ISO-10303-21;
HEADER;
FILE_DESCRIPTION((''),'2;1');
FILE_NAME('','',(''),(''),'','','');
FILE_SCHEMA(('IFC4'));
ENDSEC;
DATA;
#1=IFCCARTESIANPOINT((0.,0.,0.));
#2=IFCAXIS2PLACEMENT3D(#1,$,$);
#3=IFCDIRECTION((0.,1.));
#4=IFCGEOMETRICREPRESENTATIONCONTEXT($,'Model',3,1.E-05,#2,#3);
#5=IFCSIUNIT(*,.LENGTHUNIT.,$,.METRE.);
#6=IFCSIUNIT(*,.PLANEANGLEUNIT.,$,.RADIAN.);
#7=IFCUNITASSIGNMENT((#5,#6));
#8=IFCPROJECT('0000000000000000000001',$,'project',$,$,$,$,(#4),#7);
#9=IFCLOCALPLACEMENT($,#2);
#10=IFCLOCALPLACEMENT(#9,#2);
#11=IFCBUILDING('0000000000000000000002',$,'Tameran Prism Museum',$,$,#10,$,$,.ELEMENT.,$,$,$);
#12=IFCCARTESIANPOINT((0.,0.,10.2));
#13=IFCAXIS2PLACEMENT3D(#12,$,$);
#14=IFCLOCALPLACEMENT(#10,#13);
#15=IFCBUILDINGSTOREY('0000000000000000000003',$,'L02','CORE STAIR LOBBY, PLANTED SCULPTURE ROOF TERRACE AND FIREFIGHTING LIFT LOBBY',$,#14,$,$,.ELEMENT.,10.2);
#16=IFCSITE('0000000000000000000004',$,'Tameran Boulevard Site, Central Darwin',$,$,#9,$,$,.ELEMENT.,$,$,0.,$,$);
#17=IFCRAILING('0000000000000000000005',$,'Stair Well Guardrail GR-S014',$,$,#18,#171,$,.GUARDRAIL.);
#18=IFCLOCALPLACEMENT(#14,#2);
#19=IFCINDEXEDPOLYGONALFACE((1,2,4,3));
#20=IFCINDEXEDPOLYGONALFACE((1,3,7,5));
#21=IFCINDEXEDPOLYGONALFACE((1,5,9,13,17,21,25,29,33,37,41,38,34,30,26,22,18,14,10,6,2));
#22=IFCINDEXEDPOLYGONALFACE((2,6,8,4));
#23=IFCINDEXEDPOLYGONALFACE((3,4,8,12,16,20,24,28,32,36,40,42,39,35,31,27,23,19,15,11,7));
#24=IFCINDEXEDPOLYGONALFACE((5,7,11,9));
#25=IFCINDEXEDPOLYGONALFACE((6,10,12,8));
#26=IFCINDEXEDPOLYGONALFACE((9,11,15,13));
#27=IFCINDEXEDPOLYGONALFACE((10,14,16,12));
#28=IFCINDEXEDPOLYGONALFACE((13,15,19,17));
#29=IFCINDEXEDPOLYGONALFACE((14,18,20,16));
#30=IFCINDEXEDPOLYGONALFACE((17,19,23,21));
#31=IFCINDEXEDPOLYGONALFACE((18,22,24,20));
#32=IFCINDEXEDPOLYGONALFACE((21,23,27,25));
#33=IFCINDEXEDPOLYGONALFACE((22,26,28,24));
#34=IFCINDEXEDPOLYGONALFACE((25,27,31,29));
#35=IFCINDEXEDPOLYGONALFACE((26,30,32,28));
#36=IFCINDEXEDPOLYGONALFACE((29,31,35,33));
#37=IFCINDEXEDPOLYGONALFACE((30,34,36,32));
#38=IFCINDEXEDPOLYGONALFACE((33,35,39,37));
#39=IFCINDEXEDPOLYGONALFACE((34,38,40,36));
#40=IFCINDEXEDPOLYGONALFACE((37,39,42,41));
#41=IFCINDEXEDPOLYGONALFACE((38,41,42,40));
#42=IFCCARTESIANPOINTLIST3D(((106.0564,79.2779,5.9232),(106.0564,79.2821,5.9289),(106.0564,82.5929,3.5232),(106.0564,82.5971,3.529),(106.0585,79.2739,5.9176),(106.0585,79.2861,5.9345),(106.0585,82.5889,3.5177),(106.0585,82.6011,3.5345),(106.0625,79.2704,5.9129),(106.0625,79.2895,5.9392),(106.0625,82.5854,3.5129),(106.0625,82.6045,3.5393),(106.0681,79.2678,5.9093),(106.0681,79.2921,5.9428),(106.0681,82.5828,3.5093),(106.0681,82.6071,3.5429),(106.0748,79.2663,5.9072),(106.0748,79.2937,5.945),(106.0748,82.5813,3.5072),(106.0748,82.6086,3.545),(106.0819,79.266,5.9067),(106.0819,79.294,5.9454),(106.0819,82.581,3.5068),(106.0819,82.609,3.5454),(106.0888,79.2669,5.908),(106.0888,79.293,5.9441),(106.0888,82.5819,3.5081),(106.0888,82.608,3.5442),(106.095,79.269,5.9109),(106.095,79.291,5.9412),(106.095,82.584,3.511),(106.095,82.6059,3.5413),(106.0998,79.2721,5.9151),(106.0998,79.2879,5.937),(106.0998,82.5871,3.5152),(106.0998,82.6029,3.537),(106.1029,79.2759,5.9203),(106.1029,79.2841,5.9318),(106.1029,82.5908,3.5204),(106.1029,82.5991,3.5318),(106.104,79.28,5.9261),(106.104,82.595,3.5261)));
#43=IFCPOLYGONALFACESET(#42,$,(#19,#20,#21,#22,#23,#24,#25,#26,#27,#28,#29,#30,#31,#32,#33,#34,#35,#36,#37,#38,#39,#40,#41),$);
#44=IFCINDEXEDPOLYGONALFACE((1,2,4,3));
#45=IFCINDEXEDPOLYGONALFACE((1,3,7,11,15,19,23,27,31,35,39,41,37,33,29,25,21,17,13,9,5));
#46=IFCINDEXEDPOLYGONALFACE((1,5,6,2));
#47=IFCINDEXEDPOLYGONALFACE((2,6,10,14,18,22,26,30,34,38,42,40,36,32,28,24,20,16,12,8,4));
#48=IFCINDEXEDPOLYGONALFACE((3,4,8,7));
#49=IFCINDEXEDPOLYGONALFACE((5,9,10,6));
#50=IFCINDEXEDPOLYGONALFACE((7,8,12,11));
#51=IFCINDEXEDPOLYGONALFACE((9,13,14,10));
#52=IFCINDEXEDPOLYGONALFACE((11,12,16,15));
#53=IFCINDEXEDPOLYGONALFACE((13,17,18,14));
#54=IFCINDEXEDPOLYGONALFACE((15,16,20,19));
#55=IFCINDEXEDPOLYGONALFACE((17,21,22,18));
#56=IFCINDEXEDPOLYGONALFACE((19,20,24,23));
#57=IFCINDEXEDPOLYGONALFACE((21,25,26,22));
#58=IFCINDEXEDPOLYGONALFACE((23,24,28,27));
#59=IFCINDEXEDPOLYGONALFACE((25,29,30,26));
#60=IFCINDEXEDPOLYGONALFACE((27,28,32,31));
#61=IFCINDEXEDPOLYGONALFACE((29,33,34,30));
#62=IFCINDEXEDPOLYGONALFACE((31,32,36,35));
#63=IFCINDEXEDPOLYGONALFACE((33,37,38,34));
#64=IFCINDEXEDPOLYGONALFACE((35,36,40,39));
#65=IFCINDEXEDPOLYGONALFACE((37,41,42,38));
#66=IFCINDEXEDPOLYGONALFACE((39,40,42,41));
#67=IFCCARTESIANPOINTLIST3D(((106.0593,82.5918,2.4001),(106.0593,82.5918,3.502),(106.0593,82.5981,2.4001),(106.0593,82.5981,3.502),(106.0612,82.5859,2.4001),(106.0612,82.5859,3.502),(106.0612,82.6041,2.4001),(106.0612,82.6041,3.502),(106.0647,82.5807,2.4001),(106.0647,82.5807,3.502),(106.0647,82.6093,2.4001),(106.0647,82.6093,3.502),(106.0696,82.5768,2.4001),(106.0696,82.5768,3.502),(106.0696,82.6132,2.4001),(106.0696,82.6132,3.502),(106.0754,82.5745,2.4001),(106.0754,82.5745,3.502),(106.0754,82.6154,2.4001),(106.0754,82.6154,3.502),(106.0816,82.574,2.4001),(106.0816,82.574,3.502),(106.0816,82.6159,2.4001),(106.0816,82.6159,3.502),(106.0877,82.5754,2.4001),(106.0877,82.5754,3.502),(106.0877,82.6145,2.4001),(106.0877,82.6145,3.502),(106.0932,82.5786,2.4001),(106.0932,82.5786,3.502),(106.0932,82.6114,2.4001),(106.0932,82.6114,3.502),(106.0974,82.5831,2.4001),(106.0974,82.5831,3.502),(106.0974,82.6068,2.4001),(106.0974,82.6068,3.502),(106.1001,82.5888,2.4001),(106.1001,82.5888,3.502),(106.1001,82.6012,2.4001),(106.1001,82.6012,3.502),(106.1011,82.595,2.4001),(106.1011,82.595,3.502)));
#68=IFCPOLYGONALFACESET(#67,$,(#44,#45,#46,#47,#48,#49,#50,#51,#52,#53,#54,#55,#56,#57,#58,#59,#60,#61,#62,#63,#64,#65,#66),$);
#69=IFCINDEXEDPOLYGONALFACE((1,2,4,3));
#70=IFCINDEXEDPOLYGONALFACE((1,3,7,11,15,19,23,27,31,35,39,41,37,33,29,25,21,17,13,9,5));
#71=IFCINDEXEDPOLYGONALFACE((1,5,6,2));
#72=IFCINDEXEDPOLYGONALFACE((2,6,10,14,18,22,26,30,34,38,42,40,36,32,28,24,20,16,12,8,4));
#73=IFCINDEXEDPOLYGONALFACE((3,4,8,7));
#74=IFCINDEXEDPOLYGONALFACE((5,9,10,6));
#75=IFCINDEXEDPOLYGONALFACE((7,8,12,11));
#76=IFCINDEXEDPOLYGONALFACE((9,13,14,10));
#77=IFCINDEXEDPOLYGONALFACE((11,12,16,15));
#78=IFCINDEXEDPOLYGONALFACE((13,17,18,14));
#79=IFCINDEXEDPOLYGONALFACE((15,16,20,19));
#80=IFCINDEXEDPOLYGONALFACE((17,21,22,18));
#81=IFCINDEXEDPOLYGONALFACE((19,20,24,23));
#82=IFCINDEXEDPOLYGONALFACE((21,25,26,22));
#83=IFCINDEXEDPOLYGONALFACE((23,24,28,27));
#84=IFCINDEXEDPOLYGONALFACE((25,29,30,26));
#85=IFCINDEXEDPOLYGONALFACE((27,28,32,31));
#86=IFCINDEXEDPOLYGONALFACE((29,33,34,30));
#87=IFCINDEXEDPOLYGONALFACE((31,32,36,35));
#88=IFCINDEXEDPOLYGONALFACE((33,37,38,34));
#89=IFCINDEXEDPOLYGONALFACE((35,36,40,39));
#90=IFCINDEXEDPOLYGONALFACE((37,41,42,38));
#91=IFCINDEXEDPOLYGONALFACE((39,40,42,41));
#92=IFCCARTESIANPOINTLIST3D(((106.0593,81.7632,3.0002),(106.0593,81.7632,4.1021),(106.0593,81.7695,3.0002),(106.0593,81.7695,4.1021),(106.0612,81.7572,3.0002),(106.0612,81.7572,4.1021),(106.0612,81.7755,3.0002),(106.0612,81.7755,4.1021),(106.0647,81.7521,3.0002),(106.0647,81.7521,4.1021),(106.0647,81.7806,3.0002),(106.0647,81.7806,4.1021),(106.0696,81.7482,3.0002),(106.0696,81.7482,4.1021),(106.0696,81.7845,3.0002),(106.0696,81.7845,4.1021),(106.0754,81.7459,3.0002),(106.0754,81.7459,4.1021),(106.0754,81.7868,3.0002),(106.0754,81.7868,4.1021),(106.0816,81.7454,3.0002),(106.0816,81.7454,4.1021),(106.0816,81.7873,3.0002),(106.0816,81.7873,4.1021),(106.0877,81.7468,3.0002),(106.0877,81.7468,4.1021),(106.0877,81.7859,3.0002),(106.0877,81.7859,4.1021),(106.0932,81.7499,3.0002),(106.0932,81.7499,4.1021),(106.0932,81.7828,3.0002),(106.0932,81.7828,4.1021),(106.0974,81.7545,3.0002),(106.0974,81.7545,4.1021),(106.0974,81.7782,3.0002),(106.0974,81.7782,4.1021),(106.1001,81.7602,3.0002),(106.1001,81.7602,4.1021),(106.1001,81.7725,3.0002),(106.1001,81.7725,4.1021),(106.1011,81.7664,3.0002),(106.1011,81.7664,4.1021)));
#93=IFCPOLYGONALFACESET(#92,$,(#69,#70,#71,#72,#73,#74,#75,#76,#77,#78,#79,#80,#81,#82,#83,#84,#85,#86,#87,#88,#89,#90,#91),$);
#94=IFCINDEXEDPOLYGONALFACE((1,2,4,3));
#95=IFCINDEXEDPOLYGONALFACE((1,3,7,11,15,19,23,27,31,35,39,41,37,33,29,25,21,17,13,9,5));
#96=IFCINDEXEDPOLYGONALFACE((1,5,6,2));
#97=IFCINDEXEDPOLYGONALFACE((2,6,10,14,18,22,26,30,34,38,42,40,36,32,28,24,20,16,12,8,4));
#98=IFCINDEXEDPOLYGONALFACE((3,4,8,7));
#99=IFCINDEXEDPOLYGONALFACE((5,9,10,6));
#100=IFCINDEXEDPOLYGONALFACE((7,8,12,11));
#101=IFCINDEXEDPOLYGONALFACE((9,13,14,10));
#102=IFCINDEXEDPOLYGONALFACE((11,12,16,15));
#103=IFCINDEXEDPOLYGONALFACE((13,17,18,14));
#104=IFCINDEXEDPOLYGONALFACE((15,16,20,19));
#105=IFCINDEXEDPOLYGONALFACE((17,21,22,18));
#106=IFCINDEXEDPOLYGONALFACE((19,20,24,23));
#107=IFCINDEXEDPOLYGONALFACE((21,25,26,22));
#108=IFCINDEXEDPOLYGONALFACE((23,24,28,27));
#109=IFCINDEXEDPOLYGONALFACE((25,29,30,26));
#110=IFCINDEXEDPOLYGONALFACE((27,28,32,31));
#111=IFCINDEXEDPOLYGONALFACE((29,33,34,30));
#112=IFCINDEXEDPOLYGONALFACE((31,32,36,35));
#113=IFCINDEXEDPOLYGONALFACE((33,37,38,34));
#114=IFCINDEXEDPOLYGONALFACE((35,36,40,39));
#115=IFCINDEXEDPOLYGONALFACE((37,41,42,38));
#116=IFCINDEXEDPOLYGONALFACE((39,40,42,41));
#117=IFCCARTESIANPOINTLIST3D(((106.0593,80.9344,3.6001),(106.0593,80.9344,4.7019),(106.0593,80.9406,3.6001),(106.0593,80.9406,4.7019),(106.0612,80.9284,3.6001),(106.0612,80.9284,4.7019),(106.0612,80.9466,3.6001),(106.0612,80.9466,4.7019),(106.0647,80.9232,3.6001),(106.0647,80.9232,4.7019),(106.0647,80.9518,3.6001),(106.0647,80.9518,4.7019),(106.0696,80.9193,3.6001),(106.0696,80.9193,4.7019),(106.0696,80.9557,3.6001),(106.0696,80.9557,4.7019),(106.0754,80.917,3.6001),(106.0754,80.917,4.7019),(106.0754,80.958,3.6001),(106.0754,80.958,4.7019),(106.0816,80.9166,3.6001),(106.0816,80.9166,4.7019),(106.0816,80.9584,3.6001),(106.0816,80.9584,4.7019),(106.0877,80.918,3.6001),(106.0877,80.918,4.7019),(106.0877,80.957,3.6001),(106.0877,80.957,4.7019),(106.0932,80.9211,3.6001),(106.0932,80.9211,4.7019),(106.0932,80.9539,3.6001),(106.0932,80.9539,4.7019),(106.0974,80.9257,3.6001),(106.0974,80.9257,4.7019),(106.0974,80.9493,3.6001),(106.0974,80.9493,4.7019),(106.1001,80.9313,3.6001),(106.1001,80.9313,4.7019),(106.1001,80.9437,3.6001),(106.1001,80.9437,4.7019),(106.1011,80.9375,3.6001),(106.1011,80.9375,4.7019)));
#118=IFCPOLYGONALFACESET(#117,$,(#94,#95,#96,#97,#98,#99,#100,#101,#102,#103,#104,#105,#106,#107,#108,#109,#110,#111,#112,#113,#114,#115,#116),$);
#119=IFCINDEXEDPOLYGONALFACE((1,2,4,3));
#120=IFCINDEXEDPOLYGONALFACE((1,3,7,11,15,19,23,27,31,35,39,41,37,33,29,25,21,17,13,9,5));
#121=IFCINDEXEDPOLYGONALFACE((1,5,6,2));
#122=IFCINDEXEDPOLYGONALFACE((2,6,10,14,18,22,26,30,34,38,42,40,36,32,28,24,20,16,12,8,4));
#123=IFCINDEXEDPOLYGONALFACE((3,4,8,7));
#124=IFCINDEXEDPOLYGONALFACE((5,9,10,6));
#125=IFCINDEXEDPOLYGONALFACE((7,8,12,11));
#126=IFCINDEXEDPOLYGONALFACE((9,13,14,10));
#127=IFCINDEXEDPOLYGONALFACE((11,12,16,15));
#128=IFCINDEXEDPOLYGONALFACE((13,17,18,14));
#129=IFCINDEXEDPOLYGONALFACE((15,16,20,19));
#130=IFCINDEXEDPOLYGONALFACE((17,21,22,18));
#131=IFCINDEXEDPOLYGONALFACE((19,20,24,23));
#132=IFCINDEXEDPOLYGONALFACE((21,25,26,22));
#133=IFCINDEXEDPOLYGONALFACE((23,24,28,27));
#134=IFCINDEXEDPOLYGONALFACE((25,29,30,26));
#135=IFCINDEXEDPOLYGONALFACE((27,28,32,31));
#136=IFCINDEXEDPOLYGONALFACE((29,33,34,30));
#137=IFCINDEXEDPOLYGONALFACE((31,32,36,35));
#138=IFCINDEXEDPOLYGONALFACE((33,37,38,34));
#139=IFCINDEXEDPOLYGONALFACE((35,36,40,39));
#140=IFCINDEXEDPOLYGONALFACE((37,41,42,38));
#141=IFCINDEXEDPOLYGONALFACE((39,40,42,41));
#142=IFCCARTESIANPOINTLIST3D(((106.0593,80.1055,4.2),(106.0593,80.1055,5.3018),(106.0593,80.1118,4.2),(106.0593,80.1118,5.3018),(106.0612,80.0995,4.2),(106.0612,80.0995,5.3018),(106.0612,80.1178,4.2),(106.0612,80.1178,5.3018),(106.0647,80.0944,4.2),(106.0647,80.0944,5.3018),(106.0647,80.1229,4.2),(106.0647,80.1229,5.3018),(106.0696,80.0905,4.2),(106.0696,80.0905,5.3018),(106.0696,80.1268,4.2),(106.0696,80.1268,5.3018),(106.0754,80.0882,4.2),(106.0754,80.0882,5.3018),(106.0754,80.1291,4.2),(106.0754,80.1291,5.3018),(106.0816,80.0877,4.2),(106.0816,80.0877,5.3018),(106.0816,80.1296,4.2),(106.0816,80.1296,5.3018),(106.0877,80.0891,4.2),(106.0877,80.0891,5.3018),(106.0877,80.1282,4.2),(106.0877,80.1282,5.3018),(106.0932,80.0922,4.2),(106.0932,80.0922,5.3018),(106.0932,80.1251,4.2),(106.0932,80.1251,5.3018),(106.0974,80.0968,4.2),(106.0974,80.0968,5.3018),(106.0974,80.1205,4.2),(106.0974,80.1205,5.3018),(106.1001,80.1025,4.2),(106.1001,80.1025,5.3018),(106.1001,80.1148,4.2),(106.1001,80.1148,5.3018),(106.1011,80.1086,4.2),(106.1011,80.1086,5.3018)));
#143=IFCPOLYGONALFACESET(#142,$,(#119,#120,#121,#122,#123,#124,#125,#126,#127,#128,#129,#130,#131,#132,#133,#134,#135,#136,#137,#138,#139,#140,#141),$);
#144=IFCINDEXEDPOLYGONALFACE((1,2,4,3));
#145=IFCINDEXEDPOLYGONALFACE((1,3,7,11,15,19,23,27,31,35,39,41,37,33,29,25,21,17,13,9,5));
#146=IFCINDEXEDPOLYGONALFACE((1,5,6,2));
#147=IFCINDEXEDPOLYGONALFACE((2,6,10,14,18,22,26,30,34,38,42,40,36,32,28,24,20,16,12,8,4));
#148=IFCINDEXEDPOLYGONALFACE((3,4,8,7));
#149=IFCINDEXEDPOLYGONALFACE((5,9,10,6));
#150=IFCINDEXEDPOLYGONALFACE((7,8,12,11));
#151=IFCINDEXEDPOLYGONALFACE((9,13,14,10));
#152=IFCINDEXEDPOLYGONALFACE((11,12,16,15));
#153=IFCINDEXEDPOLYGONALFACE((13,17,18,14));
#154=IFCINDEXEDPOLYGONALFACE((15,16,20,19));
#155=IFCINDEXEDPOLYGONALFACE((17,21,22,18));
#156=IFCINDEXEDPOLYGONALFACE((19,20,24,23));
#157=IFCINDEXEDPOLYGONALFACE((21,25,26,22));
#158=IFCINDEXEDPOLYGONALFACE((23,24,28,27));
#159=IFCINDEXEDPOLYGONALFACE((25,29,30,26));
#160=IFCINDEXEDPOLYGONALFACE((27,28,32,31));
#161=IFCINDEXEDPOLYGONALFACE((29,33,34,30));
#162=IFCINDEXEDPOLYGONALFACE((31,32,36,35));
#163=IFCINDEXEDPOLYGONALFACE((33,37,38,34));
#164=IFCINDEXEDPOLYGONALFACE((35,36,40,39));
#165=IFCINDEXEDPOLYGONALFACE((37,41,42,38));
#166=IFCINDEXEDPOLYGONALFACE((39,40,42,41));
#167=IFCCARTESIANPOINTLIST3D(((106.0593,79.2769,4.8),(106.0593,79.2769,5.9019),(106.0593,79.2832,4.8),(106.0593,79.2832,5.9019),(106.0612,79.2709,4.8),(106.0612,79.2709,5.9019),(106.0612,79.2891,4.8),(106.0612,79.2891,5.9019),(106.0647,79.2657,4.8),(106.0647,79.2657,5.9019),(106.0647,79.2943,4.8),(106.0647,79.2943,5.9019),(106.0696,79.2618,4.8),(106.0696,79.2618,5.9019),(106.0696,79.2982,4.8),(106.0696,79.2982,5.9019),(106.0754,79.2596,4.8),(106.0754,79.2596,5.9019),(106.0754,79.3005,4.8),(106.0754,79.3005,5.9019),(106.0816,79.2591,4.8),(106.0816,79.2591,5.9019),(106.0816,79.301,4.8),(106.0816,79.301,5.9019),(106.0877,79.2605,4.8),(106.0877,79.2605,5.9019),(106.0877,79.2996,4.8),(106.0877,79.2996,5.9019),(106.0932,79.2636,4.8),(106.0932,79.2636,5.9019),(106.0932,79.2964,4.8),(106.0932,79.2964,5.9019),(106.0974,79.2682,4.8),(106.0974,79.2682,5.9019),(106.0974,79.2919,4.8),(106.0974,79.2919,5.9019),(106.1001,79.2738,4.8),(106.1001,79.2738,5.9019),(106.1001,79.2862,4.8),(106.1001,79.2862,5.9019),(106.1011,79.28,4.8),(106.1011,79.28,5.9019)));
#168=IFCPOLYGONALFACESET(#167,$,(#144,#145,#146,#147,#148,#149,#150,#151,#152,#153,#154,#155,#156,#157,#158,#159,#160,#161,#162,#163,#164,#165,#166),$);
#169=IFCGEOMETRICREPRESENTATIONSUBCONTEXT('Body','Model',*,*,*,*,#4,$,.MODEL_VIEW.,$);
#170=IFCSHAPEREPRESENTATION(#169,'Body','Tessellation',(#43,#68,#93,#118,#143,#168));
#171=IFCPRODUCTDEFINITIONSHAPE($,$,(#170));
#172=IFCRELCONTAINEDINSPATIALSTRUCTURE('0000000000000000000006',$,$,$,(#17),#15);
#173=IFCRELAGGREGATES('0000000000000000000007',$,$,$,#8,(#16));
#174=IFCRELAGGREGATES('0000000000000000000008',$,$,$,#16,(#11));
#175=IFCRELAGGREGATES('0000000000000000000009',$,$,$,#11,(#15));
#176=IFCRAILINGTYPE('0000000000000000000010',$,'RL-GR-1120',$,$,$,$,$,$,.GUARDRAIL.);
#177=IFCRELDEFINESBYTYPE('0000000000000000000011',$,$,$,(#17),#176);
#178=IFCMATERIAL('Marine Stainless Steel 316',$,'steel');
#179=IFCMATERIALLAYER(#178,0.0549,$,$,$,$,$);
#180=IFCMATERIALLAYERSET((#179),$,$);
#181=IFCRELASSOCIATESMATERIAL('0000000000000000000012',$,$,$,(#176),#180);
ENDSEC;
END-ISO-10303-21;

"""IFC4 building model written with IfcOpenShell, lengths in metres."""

from ifc_helpers import new_model, si_unit, direction, frame, origin, origin_2d, place, context, subcontext, project, spatial, circle, extrude, material, layer, layer_set, type_object, element, save


model = new_model("IFC4")

# Units and contexts
model_context = context("Model", 3, precision=1e-05, world=origin(), true_north=direction((0.0, 1.0)))
body_context = subcontext(model_context, "Body", "Model", "MODEL_VIEW")
ifc_project = project(units=[si_unit("LENGTHUNIT", "METRE"), si_unit("PLANEANGLEUNIT", "RADIAN")], contexts=[model_context])

# Site, building, storey
site_placement = place(None, origin())
site = spatial("IfcSite", under=ifc_project, at=site_placement, Name="Tameran Boulevard Site, Central Darwin", CompositionType="ELEMENT", RefElevation=0.0)
building_placement = place(site_placement, origin())
building = spatial("IfcBuilding", under=site, at=building_placement, Name="Tameran Prism Museum", CompositionType="ELEMENT")
storey_placement = place(building_placement, frame((0.0, 0.0, 10.2)))
storey = spatial("IfcBuildingStorey", under=building, at=storey_placement, Name="L02", Description="CORE STAIR LOBBY, PLANTED SCULPTURE ROOF TERRACE AND FIREFIGHTING LIFT LOBBY", CompositionType="ELEMENT", Elevation=10.2)

# Railing
ifc_material_1 = material(Name="Marine Stainless Steel 316", Category="steel")
ifc_layer_1 = layer(ifc_material_1, 0.0549)
ifc_layer_set_1 = layer_set([ifc_layer_1])
railing_type_1 = type_object("IfcRailingType", Name="RL-GR-1120", PredefinedType="GUARDRAIL", material=ifc_layer_set_1)
railing_1_placement = place(storey_placement, frame((106.0801, 82.595, 2.4001)))
element("IfcRailing", 1, at=railing_1_placement, inside=storey, type_object=railing_type_1, Name="Stair Well Guardrail GR-S014", PredefinedType="GUARDRAIL", context=body_context, shape_type="SweptSolid", body=[
    extrude(circle(Radius=0.0239, at=origin_2d()), frame((0.0, 0.0, 1.126), z_axis=(0.0, -0.810009, 0.586418), x_axis=(1.0, 0.0, 0.0)), (0.0, 0.0, 1.0), 4.0925),
    extrude(circle(Radius=0.021, at=origin_2d()), origin(), (0.0, 0.0, 1.0), 1.1018),
    extrude(circle(Radius=0.021, at=origin_2d()), frame((0.0, -0.8286, 0.6001)), (0.0, 0.0, 1.0), 1.1018),
    extrude(circle(Radius=0.021, at=origin_2d()), frame((0.0, -1.6575, 1.2)), (0.0, 0.0, 1.0), 1.1018),
    extrude(circle(Radius=0.021, at=origin_2d()), frame((0.0, -2.4863, 1.7998)), (0.0, 0.0, 1.0), 1.1018),
    extrude(circle(Radius=0.021, at=origin_2d()), frame((0.0, -3.3149, 2.3999)), (0.0, 0.0, 1.0), 1.1018),
])

save(model, "model.ifc")
